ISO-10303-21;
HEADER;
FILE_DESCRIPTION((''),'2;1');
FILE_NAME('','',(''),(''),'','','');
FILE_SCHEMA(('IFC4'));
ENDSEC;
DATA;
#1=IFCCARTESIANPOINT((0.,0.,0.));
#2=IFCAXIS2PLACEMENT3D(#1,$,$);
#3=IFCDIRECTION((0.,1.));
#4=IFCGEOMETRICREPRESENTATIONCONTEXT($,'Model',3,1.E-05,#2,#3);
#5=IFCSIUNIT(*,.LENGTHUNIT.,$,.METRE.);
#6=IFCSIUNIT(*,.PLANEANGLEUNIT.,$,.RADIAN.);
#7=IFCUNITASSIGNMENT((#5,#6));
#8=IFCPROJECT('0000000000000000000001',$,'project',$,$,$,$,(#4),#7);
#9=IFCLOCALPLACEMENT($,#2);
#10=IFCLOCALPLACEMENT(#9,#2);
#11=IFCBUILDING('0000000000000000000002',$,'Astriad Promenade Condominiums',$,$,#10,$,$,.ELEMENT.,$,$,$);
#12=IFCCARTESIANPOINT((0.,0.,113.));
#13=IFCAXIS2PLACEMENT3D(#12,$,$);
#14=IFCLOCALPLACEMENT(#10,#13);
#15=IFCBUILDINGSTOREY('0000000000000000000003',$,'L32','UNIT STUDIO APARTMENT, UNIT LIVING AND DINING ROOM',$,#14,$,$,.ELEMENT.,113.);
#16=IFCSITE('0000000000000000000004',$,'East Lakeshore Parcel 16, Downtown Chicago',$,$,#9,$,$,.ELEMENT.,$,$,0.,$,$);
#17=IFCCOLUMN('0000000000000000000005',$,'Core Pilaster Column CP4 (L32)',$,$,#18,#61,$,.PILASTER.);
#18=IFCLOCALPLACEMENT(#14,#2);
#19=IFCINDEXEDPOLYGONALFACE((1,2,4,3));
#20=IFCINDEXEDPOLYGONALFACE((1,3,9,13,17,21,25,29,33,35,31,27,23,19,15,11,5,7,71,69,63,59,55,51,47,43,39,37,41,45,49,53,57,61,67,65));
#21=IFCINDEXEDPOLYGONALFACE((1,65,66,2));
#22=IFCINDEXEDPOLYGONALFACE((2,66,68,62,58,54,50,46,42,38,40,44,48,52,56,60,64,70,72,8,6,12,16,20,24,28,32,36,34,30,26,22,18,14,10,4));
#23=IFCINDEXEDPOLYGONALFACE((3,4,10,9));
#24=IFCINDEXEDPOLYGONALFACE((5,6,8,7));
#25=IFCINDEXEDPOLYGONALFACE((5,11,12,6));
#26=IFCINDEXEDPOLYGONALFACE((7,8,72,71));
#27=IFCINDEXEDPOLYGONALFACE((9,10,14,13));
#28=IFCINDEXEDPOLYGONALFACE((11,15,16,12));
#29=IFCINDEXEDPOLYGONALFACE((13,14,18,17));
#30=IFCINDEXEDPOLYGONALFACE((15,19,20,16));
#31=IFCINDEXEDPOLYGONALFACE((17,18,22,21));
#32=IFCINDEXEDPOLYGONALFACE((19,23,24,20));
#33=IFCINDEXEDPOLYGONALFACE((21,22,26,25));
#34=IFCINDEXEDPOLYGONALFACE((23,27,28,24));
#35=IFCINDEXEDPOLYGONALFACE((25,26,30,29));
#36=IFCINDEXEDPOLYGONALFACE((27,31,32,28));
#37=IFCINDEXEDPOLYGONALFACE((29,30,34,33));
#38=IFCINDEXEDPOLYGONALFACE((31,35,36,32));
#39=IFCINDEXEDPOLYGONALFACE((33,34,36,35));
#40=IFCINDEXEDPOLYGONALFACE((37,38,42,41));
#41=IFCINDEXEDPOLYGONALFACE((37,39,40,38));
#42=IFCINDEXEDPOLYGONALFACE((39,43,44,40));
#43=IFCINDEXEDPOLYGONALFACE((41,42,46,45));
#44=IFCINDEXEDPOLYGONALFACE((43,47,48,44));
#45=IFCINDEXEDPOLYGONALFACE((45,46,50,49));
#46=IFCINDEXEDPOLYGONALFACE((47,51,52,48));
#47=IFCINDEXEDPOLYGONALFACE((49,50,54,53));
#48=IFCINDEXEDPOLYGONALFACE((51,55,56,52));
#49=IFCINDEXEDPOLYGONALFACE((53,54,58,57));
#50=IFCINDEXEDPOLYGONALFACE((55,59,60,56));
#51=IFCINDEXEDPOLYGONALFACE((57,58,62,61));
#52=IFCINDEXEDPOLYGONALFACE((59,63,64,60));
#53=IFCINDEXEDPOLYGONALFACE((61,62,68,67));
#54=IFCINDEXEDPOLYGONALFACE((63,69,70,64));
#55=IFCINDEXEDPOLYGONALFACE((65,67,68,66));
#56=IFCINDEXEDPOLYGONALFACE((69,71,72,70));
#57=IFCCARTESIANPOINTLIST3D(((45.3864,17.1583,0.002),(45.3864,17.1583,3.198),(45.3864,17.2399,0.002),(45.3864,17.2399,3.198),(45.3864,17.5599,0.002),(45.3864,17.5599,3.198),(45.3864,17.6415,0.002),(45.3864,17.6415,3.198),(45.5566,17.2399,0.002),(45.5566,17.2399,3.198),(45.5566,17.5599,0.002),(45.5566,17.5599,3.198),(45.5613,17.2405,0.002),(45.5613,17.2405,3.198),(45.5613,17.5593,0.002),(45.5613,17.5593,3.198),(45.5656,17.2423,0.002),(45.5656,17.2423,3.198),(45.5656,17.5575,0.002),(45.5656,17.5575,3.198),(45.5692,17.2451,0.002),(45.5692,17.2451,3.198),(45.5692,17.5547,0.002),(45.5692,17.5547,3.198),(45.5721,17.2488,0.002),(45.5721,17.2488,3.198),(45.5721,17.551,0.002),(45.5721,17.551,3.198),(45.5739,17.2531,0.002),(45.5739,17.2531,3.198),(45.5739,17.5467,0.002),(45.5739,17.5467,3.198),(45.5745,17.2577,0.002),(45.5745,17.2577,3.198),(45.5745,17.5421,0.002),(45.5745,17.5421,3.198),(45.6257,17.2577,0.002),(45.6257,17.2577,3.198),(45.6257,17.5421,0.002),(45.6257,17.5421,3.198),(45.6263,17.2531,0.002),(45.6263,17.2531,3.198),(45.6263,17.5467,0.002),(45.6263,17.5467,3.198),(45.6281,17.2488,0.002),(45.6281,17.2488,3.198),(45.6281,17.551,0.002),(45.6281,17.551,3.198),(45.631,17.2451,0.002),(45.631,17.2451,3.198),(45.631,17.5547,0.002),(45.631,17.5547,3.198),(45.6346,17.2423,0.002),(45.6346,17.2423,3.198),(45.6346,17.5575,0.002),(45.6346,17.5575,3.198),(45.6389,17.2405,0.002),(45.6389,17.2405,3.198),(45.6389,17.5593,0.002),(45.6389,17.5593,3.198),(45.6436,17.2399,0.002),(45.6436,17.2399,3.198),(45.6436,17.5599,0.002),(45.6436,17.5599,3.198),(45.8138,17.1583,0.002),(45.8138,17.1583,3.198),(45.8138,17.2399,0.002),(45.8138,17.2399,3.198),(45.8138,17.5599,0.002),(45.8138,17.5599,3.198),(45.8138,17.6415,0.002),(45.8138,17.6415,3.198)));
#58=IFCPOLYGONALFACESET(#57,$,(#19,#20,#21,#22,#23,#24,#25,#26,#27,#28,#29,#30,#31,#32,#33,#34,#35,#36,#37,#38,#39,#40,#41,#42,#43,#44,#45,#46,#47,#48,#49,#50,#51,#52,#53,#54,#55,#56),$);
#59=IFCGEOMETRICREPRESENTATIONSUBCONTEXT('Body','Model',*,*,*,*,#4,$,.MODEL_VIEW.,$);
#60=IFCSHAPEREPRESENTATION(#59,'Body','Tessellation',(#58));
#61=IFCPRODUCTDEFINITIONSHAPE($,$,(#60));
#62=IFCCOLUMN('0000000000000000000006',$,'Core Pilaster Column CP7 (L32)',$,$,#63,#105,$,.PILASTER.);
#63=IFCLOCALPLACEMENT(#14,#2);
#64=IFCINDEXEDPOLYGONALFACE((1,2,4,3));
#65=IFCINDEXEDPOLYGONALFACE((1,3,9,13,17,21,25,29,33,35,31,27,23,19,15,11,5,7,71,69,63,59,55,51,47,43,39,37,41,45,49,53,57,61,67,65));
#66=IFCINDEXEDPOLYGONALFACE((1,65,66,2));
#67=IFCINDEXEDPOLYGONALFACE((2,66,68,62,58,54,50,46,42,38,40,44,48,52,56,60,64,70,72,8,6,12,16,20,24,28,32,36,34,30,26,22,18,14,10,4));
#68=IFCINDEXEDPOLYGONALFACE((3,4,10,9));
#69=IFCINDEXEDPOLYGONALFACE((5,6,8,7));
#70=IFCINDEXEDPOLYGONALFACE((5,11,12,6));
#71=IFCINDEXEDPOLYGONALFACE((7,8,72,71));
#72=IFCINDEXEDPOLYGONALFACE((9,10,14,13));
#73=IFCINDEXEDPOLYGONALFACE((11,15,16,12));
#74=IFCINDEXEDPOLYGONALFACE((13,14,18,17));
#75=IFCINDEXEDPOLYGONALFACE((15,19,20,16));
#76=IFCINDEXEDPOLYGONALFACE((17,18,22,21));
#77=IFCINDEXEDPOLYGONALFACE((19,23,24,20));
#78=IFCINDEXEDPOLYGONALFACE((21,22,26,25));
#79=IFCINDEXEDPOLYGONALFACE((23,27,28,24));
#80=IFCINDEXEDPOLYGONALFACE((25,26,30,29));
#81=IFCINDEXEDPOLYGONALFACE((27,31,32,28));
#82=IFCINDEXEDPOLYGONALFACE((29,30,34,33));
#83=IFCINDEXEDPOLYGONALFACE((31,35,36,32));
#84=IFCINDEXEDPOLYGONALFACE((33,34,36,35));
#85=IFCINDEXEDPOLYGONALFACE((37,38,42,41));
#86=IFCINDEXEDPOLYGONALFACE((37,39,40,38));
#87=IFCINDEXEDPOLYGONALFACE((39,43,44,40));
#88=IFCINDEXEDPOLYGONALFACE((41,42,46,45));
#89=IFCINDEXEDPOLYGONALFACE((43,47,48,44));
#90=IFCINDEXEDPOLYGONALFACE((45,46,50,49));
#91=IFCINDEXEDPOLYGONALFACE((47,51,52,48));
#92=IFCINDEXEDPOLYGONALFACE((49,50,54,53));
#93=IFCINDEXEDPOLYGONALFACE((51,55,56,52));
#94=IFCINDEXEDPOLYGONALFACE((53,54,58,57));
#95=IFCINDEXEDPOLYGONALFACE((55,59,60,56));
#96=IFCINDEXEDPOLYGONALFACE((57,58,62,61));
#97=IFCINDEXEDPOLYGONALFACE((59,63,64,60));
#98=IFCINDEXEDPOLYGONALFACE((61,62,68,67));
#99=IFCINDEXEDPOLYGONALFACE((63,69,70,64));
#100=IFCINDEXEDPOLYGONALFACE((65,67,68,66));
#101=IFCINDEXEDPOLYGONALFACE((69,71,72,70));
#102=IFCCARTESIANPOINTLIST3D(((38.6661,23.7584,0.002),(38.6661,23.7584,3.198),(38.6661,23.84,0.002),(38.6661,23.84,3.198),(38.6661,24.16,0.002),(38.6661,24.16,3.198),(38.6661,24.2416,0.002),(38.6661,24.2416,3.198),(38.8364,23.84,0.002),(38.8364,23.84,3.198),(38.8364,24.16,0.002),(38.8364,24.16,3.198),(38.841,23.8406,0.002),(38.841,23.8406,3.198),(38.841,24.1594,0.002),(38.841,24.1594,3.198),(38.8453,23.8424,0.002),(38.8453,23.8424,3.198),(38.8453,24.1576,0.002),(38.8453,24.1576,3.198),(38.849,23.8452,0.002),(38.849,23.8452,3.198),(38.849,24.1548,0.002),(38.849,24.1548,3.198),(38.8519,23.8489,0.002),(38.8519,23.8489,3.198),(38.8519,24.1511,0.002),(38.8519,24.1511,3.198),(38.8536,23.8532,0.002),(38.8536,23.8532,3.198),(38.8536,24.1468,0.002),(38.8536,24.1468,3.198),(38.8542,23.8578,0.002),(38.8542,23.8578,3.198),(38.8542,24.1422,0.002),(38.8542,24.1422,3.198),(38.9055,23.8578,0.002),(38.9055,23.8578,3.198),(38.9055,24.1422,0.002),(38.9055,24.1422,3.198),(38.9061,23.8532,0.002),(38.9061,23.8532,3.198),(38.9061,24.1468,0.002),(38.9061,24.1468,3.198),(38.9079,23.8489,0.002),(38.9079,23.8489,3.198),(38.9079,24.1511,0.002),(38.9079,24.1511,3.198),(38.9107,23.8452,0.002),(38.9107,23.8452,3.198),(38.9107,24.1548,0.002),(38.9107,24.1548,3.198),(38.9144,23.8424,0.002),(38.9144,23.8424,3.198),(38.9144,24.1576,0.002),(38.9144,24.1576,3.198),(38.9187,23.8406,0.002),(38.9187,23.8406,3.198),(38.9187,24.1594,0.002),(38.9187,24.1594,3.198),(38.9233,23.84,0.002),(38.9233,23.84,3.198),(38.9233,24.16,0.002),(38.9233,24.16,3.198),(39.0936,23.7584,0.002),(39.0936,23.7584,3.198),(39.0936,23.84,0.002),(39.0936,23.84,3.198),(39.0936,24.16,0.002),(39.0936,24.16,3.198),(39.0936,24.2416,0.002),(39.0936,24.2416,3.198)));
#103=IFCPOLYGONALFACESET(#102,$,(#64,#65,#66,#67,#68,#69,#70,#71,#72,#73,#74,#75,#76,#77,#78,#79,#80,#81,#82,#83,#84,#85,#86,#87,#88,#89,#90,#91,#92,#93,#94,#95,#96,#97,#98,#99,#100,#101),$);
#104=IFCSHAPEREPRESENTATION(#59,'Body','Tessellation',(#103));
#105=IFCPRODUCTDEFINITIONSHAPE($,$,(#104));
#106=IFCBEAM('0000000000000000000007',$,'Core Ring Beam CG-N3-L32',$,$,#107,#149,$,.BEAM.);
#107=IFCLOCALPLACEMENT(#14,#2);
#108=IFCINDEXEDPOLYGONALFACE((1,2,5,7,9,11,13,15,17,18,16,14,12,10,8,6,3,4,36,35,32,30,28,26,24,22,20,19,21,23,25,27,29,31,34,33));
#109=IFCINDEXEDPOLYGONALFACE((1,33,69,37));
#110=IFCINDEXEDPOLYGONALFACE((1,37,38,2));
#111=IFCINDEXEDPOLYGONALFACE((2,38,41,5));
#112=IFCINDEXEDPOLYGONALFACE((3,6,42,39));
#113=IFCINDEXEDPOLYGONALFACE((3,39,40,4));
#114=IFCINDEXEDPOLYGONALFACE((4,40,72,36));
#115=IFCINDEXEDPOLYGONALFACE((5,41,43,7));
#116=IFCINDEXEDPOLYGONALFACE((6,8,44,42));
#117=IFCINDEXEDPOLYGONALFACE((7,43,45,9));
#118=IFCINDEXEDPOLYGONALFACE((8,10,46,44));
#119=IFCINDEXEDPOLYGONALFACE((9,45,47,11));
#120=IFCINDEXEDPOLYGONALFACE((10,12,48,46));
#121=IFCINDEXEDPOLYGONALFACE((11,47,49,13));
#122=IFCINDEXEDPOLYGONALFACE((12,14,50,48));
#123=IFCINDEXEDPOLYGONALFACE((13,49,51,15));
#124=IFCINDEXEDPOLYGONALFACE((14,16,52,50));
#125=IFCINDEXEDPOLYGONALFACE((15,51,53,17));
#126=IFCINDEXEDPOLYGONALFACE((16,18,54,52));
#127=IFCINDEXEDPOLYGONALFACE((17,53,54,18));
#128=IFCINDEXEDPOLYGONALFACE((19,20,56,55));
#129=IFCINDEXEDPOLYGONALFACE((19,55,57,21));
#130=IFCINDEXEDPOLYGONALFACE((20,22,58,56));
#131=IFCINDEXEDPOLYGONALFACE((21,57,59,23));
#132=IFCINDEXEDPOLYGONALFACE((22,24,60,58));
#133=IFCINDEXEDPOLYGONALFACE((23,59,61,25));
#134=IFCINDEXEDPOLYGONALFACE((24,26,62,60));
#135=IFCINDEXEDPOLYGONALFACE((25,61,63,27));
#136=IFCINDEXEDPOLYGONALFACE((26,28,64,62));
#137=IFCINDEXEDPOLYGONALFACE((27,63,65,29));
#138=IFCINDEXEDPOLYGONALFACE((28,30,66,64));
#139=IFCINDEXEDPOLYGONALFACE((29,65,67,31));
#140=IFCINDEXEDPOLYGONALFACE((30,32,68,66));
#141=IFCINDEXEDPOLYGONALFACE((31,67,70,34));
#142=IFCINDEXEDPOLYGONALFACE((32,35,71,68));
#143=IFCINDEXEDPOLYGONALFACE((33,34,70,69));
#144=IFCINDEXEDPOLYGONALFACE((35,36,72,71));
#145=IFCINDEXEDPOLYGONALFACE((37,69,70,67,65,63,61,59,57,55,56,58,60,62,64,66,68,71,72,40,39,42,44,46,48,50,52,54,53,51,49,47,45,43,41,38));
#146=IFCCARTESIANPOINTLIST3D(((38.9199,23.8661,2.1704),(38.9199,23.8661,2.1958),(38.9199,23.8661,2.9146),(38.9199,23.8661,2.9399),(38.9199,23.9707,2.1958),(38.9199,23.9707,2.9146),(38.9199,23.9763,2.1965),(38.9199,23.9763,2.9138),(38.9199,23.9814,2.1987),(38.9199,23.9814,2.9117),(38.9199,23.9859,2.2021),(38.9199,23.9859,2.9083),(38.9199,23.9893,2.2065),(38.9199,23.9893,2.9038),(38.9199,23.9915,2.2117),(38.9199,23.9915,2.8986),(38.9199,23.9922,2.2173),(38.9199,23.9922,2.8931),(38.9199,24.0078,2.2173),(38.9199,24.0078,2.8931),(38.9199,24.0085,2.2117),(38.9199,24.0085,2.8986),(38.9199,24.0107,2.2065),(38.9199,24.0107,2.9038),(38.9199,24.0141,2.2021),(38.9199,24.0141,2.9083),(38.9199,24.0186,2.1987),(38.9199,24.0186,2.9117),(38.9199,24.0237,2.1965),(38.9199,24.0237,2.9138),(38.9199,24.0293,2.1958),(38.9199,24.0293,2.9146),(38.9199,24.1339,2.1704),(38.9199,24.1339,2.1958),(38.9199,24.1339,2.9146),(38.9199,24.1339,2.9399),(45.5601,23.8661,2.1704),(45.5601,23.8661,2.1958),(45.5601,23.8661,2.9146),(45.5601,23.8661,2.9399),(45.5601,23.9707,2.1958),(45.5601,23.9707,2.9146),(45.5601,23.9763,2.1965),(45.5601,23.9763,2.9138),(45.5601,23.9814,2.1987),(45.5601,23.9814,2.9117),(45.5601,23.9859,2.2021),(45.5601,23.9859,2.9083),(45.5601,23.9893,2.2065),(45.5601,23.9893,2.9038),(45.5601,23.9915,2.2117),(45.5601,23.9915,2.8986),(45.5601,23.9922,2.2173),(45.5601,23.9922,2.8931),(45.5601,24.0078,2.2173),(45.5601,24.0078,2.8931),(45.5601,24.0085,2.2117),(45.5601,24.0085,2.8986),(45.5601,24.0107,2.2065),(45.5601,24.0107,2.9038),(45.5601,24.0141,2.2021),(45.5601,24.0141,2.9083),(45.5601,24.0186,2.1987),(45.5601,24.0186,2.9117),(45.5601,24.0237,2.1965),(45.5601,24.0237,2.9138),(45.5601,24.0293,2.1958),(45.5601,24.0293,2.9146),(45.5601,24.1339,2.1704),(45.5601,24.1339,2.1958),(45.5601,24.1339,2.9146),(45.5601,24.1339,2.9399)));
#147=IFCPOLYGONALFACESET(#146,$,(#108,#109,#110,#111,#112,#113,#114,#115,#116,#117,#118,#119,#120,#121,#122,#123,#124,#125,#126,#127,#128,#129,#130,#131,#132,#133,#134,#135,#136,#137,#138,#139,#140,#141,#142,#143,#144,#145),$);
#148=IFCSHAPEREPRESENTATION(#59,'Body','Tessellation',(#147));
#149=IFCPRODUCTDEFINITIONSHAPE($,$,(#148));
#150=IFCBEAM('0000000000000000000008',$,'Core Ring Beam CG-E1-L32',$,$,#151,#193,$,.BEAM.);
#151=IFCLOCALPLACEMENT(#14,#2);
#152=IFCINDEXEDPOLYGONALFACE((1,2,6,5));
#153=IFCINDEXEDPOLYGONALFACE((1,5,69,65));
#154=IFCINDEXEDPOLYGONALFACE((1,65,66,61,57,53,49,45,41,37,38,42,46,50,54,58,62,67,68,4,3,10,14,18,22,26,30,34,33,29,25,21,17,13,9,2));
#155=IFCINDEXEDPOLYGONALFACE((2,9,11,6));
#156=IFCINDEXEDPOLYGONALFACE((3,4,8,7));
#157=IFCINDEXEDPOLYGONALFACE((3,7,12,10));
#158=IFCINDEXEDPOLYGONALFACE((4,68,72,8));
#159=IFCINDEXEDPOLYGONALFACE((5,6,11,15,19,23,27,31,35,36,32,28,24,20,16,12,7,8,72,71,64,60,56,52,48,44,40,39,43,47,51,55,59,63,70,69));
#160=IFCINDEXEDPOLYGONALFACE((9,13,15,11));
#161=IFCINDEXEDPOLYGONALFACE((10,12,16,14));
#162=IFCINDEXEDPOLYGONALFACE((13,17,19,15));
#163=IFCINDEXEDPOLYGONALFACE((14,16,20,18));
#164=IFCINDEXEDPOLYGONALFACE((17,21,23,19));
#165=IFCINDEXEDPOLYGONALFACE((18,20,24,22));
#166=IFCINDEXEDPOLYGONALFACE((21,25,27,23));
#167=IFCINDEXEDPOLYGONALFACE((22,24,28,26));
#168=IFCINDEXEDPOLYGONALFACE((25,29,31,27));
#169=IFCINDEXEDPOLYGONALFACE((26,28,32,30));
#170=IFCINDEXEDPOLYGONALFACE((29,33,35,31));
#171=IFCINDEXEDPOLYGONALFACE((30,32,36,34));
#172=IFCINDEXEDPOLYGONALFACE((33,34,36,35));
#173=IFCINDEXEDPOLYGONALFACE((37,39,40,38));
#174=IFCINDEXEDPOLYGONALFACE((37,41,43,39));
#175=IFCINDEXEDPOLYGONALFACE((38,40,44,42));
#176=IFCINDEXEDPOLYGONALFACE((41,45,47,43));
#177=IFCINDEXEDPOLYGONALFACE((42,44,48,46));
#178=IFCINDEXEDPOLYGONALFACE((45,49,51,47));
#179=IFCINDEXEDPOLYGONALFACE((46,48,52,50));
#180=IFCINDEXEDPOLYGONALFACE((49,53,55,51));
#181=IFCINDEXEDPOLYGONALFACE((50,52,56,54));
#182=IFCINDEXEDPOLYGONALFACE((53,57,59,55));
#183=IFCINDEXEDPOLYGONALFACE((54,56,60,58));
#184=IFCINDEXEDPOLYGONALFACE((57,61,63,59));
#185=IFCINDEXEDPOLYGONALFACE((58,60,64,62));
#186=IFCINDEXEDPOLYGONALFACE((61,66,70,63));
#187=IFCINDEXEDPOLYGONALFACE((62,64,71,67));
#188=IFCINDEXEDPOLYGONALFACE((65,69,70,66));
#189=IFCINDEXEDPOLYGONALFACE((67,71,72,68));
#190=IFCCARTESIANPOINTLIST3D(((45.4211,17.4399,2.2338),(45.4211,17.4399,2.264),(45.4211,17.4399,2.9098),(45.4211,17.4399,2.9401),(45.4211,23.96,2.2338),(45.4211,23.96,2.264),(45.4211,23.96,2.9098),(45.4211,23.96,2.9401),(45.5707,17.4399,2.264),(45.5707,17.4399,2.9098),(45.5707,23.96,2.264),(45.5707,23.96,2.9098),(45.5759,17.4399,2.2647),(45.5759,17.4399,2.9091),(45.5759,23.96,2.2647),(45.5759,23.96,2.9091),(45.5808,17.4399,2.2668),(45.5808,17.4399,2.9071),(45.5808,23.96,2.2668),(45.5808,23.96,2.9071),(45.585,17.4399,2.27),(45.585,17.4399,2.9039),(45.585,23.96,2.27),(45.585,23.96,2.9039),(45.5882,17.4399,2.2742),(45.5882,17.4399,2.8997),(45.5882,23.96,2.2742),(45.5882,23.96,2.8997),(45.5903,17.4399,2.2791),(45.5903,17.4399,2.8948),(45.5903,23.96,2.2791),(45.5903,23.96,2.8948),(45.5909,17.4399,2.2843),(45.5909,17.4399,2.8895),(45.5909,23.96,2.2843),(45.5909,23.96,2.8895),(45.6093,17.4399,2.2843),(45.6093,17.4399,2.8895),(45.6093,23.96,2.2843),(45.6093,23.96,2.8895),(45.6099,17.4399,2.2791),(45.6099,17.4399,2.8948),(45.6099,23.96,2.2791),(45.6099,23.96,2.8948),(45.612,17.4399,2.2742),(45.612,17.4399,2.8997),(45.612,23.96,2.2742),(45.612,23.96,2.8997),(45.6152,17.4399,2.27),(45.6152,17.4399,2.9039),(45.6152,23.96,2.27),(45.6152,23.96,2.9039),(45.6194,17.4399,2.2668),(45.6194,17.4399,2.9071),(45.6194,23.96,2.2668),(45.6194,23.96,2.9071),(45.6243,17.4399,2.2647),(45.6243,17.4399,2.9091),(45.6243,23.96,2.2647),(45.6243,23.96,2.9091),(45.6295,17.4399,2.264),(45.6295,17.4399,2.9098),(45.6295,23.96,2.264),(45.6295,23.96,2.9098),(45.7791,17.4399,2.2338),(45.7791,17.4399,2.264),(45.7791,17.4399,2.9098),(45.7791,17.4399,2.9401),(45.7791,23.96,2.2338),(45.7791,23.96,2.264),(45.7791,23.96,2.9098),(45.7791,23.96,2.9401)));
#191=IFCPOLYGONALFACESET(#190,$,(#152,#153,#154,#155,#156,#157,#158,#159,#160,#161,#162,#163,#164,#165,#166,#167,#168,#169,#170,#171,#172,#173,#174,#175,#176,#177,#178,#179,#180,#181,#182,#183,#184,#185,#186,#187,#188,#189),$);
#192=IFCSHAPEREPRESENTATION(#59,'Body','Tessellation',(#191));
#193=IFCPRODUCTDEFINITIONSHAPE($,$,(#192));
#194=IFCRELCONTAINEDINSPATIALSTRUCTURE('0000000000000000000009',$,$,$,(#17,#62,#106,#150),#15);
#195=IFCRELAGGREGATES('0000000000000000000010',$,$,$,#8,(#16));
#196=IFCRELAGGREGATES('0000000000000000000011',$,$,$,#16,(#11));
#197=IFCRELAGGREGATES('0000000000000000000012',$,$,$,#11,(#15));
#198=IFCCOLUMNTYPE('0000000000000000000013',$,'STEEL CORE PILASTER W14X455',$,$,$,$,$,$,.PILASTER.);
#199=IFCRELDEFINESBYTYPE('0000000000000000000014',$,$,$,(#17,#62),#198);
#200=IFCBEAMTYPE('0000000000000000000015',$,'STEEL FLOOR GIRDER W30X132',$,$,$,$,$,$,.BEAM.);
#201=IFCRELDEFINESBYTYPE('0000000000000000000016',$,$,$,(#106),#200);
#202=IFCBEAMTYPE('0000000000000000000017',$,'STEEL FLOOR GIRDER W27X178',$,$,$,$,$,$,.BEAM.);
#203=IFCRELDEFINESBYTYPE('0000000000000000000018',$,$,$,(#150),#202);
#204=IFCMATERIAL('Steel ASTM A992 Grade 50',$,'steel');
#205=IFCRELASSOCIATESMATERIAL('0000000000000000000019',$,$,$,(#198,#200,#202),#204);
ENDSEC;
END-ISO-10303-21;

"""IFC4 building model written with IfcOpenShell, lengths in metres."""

from ifc_helpers import new_model, si_unit, direction, frame, origin, origin_2d, place, context, subcontext, project, spatial, i_section, extrude, source, transform, mapped, material, material_profile, profile_set, type_object, type_shapes, element, save


model = new_model("IFC4")

# Units and contexts
model_context = context("Model", 3, precision=1e-05, world=origin(), true_north=direction((0.0, 1.0)))
body_context = subcontext(model_context, "Body", "Model", "MODEL_VIEW")
ifc_project = project(units=[si_unit("LENGTHUNIT", "METRE"), si_unit("PLANEANGLEUNIT", "RADIAN")], contexts=[model_context])

# Site, building, storey
site_placement = place(None, origin())
site = spatial("IfcSite", under=ifc_project, at=site_placement, Name="East Lakeshore Parcel 16, Downtown Chicago", CompositionType="ELEMENT", RefElevation=0.0)
building_placement = place(site_placement, origin())
building = spatial("IfcBuilding", under=site, at=building_placement, Name="Astriad Promenade Condominiums", CompositionType="ELEMENT")
storey_placement = place(building_placement, frame((0.0, 0.0, 113.0)))
storey = spatial("IfcBuildingStorey", under=building, at=storey_placement, Name="L32", Description="UNIT STUDIO APARTMENT, UNIT LIVING AND DINING ROOM", CompositionType="ELEMENT", Elevation=113.0)

# Columns
ifc_material_1 = material(Name="Steel ASTM A992 Grade 50", Category="steel")
ifc_material_profile_1 = material_profile(ifc_material_1, i_section(OverallWidth=0.4275, OverallDepth=0.4832, WebThickness=0.0513, FlangeThickness=0.0815, FilletRadius=0.0178, at=origin_2d()), Name="W14X455")
ifc_profile_set_1 = profile_set([ifc_material_profile_1], Name="Steel ASTM A992 Grade 50")
column_type = type_object("IfcColumnType", Name="STEEL CORE PILASTER W14X455", PredefinedType="PILASTER", material=ifc_profile_set_1)
shared_shape_1 = source(origin(), body_context, "Body", "SweptSolid", [
    extrude(i_section(OverallWidth=0.4275, OverallDepth=0.4832, WebThickness=0.0513, FlangeThickness=0.0815, FilletRadius=0.0178, at=origin_2d()), origin(), (0.0, 0.0, 1.0), 3.196),
])
type_shapes(column_type, [shared_shape_1])
for number, where, z_axis, x_axis, name in (
    (1, (45.6001, 17.3999, 0.002), (0.0, 0.0, 1.0), (1.0, 0.0, 0.0), "Core Pilaster Column CP4 (L32)"),
    (2, (38.8799, 24.0, 0.002), (0.0, 0.0, 1.0), (1.0, 0.0, 0.0), "Core Pilaster Column CP7 (L32)"),
):
    element("IfcColumn", number, at=place(storey_placement, frame(where, z_axis=z_axis, x_axis=x_axis)), inside=storey, type_object=column_type, Name=name, PredefinedType="PILASTER", context=body_context, shape_type="MappedRepresentation", body=[
        mapped(shared_shape_1, transform((0.0, 0.0, 0.0), scale=1.0)),
    ])

# Beams
ifc_material_profile_2 = material_profile(ifc_material_1, i_section(OverallWidth=0.2678, OverallDepth=0.7695, WebThickness=0.0156, FlangeThickness=0.0254, FilletRadius=0.0215, at=origin_2d()), Name="W30X132")
ifc_profile_set_2 = profile_set([ifc_material_profile_2], Name="Steel ASTM A992 Grade 50")
beam_type_1 = type_object("IfcBeamType", Name="STEEL FLOOR GIRDER W30X132", PredefinedType="BEAM", material=ifc_profile_set_2)
shared_shape_2 = source(origin(), body_context, "Body", "SweptSolid", [
    extrude(i_section(OverallWidth=0.2678, OverallDepth=0.7695, WebThickness=0.0156, FlangeThickness=0.0254, FilletRadius=0.0215, at=origin_2d()), origin(), (0.0, 0.0, 1.0), 6.6401),
])
type_shapes(beam_type_1, [shared_shape_2])
beam_1_placement = place(storey_placement, frame((38.9199, 24.0, 2.5552), z_axis=(1.0, 0.0, 0.0), x_axis=(0.0, 1.0, 0.0)))
element("IfcBeam", 3, at=beam_1_placement, inside=storey, type_object=beam_type_1, Name="Core Ring Beam CG-N3-L32", PredefinedType="BEAM", context=body_context, shape_type="MappedRepresentation", body=[
    mapped(shared_shape_2, transform((0.0, 0.0, 0.0), scale=1.0)),
])
ifc_material_profile_3 = material_profile(ifc_material_1, i_section(OverallWidth=0.3579, OverallDepth=0.7063, WebThickness=0.0183, FlangeThickness=0.0303, FilletRadius=0.0203, at=origin_2d()), Name="W27X178")
ifc_profile_set_3 = profile_set([ifc_material_profile_3], Name="Steel ASTM A992 Grade 50")
beam_type_2 = type_object("IfcBeamType", Name="STEEL FLOOR GIRDER W27X178", PredefinedType="BEAM", material=ifc_profile_set_3)
shared_shape_3 = source(origin(), body_context, "Body", "SweptSolid", [
    extrude(i_section(OverallWidth=0.3579, OverallDepth=0.7063, WebThickness=0.0183, FlangeThickness=0.0303, FilletRadius=0.0203, at=origin_2d()), origin(), (0.0, 0.0, 1.0), 6.52),
])
type_shapes(beam_type_2, [shared_shape_3])
beam_2_placement = place(storey_placement, frame((45.6001, 17.4399, 2.5869), z_axis=(0.0, 1.0, 0.0), x_axis=(-1.0, 0.0, 0.0)))
element("IfcBeam", 4, at=beam_2_placement, inside=storey, type_object=beam_type_2, Name="Core Ring Beam CG-E1-L32", PredefinedType="BEAM", context=body_context, shape_type="MappedRepresentation", body=[
    mapped(shared_shape_3, transform((0.0, 0.0, 0.0), scale=1.0)),
])

save(model, "model.ifc")
